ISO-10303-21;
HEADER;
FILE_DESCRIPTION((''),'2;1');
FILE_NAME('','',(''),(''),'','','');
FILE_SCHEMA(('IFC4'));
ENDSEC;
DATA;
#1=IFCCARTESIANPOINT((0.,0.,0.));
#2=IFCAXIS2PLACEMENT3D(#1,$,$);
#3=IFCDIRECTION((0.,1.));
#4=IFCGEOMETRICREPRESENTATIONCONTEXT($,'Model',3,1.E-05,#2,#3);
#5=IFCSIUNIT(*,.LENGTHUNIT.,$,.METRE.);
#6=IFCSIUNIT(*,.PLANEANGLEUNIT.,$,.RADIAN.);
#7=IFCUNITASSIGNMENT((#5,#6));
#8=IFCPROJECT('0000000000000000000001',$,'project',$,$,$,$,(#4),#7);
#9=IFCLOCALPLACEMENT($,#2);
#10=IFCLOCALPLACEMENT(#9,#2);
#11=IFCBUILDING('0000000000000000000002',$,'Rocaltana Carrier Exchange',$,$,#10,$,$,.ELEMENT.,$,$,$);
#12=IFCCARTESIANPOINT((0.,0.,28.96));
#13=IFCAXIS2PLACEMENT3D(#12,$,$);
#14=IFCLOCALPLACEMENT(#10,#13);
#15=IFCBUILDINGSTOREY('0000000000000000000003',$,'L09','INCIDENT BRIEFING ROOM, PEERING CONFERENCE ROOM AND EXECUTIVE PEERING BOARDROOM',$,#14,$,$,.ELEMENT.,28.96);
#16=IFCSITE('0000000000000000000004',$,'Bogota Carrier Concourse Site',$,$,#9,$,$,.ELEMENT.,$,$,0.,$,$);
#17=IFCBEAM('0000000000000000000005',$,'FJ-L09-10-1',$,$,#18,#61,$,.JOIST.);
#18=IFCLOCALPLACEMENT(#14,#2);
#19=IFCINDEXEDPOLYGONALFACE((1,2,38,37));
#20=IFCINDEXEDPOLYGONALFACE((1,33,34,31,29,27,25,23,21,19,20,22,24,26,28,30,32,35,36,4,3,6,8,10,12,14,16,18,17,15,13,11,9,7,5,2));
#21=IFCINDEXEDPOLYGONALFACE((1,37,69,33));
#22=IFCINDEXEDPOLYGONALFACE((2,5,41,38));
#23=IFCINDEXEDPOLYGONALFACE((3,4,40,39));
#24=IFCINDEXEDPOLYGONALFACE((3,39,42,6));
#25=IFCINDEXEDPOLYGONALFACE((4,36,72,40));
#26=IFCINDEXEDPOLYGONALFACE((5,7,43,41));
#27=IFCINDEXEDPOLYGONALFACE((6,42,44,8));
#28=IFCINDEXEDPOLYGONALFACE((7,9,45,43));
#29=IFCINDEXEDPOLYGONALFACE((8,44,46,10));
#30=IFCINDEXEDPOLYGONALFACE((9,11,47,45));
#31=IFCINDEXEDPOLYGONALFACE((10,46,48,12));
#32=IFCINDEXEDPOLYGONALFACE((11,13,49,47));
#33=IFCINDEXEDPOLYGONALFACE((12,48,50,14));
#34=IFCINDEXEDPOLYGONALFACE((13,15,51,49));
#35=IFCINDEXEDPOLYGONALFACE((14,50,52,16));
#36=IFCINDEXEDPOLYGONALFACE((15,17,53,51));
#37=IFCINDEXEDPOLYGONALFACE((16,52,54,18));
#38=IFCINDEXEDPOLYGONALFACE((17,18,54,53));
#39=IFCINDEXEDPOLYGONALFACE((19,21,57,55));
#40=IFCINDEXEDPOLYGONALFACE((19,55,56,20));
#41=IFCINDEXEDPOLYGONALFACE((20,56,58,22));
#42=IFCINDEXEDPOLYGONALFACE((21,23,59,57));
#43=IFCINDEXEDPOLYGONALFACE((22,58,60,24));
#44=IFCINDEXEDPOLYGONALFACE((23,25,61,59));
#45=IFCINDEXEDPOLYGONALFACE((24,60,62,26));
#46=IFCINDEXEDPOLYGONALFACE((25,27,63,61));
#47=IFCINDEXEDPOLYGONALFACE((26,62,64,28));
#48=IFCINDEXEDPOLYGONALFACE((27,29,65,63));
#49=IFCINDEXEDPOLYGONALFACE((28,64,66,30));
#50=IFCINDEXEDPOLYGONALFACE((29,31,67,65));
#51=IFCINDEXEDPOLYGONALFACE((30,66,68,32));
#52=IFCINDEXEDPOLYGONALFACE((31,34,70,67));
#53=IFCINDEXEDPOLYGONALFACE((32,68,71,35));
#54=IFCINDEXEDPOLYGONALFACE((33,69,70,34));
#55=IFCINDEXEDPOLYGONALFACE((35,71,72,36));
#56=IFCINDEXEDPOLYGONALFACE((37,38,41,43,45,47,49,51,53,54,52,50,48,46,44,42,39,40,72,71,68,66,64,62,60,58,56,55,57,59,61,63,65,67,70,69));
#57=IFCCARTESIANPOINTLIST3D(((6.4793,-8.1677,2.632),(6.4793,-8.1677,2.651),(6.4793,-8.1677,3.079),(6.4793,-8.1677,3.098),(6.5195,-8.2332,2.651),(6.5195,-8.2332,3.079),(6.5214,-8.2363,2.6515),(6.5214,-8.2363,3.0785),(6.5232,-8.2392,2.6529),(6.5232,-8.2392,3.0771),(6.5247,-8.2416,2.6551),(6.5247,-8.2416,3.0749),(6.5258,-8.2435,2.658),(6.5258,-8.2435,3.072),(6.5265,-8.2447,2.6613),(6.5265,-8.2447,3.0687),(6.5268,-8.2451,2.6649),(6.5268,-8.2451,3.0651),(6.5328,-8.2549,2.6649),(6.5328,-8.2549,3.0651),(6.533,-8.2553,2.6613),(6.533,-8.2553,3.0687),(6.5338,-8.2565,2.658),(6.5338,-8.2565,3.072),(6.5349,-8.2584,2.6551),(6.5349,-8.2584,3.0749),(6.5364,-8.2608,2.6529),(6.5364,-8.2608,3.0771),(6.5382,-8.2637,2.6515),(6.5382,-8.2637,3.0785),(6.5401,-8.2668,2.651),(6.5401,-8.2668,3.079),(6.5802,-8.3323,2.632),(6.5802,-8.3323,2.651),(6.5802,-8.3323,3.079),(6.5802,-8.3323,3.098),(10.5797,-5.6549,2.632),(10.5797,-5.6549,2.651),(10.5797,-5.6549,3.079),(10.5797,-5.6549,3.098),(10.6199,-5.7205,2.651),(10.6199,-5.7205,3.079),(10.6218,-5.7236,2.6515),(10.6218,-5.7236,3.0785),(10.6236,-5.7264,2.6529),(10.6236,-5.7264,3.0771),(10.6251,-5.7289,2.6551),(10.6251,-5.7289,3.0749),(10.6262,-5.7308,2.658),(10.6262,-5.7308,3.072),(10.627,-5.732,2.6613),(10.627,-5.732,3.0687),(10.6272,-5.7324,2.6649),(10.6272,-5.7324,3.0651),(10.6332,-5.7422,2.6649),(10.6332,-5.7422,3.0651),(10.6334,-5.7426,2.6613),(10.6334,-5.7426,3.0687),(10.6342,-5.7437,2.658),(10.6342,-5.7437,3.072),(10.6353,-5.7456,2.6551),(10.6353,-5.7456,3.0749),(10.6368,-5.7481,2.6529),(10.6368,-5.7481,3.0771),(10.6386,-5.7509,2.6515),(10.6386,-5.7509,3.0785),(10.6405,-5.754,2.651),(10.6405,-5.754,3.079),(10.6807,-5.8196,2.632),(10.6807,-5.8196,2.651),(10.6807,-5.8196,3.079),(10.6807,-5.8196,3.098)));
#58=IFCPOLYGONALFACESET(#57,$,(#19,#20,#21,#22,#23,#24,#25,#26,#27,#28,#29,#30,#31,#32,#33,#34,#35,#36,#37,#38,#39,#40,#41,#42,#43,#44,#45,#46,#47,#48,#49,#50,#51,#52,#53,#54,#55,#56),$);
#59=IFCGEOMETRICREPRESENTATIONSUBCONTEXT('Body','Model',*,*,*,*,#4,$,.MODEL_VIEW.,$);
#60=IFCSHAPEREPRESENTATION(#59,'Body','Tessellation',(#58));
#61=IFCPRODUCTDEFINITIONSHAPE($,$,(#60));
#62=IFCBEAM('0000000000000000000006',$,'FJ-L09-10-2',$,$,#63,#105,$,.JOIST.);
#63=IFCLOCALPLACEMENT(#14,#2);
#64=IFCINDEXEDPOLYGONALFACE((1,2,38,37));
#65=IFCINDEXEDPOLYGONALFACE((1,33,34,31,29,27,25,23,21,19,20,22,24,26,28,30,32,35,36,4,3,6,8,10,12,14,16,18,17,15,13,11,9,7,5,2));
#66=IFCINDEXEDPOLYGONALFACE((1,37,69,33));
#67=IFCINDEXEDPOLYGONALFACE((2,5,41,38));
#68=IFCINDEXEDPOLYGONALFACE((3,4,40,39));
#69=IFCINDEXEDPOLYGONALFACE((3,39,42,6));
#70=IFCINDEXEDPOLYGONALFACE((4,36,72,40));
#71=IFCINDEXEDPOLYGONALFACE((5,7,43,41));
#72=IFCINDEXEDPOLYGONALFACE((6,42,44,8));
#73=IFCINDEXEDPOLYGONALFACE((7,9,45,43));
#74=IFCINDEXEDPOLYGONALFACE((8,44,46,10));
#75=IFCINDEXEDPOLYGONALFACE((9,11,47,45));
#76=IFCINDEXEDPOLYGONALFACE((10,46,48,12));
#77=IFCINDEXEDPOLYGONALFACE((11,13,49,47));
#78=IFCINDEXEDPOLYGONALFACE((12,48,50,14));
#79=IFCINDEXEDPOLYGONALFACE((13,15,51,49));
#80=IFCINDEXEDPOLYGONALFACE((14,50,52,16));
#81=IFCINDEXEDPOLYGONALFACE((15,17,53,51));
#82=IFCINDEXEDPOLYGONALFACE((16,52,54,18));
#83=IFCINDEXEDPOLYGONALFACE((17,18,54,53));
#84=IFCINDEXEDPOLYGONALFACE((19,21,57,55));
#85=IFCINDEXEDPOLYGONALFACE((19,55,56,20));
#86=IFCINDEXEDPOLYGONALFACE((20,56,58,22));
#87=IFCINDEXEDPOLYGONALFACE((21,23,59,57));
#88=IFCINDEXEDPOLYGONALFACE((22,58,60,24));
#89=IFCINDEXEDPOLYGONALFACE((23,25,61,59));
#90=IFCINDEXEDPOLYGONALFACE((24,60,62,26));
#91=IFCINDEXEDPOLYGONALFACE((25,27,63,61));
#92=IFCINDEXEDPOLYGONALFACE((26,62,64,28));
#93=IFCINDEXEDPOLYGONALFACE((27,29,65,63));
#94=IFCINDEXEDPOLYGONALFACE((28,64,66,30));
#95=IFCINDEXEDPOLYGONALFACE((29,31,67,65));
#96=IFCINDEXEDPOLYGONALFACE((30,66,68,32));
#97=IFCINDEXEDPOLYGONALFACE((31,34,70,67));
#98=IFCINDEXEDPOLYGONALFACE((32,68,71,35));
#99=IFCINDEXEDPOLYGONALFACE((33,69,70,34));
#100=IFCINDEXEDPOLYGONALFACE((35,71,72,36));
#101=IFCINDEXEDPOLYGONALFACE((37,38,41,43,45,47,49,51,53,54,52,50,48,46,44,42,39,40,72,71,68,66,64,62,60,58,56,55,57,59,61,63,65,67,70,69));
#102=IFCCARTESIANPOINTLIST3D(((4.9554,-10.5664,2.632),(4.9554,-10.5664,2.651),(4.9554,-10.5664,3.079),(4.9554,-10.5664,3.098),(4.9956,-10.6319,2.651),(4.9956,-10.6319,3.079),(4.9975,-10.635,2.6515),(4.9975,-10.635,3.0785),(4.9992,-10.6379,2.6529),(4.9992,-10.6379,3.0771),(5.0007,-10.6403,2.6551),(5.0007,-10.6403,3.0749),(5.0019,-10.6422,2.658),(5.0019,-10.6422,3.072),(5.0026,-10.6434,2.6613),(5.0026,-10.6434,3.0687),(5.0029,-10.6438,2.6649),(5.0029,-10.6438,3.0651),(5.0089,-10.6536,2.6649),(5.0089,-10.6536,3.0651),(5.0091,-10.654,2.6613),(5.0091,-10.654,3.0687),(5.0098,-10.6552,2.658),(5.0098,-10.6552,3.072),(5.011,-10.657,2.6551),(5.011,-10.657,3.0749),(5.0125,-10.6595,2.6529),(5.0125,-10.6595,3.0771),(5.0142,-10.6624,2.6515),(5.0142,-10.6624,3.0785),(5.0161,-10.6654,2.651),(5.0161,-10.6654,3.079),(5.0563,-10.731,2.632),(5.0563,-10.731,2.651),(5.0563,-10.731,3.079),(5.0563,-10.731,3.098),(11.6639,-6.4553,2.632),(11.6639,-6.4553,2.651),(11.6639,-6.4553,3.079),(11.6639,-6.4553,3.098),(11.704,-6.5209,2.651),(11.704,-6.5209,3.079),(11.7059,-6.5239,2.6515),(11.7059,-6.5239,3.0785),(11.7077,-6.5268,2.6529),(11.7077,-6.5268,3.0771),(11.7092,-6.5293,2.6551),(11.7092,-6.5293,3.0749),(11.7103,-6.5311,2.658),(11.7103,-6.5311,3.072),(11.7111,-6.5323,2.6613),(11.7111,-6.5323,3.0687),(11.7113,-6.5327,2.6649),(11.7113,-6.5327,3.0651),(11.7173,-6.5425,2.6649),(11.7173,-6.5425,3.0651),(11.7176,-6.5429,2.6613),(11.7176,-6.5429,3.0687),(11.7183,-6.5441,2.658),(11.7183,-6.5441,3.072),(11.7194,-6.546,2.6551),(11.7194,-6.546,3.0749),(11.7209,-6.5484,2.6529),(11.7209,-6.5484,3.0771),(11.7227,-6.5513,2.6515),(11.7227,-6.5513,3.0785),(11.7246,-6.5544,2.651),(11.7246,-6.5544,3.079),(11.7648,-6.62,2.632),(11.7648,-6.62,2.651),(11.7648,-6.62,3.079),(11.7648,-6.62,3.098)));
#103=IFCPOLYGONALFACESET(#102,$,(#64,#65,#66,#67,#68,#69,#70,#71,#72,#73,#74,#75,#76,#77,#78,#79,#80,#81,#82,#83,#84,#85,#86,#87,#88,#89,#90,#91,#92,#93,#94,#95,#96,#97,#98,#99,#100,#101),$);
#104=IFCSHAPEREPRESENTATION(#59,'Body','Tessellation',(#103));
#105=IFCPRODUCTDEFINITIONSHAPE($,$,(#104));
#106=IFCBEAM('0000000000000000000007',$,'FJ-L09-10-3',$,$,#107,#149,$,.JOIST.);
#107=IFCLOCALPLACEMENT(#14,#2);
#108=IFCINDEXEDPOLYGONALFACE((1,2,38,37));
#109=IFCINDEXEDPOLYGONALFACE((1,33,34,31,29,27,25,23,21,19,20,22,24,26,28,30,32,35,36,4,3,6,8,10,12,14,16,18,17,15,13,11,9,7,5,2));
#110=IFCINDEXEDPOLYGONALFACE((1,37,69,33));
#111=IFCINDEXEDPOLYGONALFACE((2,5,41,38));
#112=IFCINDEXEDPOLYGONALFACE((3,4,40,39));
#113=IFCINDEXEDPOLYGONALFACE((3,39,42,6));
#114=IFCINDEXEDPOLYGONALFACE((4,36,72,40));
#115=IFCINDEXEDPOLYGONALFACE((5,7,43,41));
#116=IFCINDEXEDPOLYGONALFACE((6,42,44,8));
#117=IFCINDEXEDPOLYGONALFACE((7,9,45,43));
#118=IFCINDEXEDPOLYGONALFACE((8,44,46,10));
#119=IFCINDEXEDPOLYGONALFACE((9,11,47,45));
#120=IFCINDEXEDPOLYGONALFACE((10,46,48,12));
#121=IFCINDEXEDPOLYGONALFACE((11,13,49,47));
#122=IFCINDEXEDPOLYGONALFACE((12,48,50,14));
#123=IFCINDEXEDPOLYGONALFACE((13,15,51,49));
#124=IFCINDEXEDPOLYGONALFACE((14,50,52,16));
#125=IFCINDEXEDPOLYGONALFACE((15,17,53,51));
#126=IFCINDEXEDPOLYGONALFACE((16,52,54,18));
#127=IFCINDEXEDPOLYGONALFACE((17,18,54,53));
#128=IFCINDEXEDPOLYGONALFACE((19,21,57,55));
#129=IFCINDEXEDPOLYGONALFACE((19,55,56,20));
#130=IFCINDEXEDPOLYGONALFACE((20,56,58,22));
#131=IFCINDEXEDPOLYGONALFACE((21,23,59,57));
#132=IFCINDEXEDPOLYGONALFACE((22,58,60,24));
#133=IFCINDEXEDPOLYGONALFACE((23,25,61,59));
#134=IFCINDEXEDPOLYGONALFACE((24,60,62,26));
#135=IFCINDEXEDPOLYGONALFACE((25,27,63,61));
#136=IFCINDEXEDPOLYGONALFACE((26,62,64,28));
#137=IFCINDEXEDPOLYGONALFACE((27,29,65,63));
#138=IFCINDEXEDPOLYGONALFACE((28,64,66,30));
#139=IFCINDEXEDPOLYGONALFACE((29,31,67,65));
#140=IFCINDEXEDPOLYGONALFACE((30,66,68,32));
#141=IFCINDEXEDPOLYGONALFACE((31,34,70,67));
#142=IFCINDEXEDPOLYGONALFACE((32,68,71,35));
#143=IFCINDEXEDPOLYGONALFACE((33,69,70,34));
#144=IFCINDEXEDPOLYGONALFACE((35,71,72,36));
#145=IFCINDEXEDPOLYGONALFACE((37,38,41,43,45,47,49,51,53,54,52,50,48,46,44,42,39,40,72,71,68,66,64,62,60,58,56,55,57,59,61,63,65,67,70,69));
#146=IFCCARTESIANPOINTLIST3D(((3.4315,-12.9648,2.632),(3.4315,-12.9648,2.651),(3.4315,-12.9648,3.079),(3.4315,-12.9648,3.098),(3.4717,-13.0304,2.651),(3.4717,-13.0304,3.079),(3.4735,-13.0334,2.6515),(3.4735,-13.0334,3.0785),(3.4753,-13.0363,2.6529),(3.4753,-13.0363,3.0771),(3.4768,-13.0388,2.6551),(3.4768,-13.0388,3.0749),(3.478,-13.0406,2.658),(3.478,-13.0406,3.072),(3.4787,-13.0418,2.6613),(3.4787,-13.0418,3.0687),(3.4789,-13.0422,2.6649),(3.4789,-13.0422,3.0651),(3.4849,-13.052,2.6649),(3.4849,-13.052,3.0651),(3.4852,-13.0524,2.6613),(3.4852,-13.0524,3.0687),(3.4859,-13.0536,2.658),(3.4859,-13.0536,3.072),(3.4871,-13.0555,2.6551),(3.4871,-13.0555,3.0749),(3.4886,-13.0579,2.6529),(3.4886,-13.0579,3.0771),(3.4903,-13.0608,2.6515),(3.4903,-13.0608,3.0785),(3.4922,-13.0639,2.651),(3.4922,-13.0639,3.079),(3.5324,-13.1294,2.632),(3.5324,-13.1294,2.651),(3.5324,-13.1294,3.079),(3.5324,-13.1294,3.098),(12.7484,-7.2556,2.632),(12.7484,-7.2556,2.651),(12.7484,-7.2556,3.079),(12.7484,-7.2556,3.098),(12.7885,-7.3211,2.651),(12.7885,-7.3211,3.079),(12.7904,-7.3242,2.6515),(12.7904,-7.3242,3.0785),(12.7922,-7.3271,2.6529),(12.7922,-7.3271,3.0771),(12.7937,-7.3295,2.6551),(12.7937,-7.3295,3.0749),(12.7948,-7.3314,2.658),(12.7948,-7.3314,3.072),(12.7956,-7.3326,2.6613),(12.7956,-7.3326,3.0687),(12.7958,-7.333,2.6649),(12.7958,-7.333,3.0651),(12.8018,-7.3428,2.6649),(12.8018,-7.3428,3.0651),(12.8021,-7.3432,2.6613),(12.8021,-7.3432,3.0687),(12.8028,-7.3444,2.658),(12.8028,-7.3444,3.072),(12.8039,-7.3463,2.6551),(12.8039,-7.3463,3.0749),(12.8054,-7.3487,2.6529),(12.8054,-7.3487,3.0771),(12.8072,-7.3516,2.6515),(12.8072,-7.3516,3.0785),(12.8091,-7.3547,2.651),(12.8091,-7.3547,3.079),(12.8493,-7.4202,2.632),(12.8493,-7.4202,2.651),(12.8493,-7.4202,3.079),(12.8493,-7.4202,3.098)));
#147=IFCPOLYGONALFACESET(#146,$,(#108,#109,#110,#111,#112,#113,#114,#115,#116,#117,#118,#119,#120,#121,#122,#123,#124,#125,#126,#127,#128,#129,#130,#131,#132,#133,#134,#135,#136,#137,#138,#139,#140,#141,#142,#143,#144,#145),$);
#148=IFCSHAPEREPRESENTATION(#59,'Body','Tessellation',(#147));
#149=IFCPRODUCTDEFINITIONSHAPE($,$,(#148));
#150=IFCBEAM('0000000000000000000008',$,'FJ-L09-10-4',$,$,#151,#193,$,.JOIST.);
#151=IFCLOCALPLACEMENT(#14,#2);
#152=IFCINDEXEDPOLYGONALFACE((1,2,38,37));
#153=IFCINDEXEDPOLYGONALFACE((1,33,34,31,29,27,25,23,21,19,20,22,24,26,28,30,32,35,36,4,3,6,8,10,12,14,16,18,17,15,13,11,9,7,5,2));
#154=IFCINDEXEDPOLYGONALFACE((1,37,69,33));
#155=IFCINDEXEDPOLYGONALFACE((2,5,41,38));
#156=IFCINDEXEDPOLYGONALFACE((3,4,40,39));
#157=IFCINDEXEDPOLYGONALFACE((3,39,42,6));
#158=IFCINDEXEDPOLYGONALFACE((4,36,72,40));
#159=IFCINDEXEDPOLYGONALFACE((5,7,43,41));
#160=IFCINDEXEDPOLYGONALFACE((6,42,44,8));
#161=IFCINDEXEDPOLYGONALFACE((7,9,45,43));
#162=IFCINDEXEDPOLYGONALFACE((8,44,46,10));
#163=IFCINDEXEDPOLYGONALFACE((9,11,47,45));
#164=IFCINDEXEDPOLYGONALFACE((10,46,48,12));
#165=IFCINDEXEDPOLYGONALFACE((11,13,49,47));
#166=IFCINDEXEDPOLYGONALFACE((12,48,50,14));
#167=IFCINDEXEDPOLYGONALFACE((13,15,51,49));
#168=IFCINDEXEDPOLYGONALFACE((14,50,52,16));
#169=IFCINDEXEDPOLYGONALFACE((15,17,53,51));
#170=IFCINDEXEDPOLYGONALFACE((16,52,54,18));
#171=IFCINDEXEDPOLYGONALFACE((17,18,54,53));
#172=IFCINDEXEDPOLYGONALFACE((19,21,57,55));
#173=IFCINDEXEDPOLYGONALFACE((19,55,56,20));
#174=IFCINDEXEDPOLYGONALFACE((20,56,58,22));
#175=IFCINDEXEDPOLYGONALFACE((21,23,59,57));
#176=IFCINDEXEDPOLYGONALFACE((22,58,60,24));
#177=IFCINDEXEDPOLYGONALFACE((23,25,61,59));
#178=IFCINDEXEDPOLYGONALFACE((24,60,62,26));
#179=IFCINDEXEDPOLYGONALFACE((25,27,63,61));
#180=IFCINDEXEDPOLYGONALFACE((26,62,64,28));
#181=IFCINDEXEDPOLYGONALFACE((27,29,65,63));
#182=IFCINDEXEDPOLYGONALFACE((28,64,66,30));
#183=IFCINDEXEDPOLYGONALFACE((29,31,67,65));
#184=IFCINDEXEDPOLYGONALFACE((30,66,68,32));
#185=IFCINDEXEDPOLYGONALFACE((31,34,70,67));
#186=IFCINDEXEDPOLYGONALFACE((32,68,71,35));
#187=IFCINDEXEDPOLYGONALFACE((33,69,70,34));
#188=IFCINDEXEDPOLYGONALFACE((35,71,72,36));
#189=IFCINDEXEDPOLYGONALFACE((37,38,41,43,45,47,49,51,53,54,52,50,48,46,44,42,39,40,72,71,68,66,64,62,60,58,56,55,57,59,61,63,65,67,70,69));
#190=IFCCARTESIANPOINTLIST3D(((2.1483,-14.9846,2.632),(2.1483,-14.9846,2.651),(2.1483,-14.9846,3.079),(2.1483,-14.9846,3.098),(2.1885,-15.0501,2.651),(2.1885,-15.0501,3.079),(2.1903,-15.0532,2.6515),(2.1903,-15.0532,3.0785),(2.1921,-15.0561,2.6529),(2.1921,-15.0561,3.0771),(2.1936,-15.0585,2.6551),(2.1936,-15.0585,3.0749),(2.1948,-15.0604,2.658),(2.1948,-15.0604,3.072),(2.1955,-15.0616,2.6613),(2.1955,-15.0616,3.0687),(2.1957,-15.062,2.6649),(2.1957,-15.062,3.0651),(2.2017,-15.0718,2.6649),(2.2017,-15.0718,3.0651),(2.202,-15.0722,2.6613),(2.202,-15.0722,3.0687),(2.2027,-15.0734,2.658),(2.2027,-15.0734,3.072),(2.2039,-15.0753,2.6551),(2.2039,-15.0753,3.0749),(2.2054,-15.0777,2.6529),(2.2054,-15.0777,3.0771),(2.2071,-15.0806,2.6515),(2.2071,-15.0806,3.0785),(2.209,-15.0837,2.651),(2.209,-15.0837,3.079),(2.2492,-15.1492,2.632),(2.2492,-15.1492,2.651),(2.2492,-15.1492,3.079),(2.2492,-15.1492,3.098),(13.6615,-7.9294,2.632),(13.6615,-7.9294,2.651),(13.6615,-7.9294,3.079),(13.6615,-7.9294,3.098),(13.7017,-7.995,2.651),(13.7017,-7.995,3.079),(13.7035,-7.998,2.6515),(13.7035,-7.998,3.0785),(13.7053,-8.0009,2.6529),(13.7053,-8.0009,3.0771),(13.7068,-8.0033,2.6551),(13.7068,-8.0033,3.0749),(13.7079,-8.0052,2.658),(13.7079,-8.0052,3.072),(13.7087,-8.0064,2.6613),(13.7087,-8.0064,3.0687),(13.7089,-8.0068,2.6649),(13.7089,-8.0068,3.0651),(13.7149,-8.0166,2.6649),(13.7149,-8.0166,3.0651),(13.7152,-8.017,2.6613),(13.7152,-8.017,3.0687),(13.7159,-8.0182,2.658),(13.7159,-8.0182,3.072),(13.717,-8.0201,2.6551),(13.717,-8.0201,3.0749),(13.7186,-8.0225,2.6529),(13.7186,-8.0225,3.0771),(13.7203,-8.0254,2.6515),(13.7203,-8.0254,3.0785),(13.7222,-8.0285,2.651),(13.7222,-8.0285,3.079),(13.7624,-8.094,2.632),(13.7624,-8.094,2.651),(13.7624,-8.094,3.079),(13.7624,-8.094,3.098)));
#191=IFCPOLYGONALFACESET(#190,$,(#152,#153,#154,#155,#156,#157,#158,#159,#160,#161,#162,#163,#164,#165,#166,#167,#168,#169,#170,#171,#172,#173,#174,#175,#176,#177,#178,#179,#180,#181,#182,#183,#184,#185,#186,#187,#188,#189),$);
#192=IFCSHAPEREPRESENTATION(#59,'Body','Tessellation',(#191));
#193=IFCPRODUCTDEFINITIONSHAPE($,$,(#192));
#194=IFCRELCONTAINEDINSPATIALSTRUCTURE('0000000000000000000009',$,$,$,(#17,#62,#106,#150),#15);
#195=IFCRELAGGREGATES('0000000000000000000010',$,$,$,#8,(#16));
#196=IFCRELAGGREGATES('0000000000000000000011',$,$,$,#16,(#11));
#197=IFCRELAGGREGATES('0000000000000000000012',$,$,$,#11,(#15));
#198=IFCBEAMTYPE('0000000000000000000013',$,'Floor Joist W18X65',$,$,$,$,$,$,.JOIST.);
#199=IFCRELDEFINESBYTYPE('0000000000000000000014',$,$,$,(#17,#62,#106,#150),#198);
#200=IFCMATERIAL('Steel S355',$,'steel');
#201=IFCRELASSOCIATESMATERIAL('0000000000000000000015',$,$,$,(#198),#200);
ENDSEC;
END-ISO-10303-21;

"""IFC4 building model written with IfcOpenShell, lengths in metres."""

from ifc_helpers import new_model, si_unit, direction, frame, origin, origin_2d, place, context, subcontext, project, spatial, i_section, extrude, material, material_profile, profile_set, type_object, element, save


model = new_model("IFC4")

# Units and contexts
model_context = context("Model", 3, precision=1e-05, world=origin(), true_north=direction((0.0, 1.0)))
body_context = subcontext(model_context, "Body", "Model", "MODEL_VIEW")
ifc_project = project(units=[si_unit("LENGTHUNIT", "METRE"), si_unit("PLANEANGLEUNIT", "RADIAN")], contexts=[model_context])

# Site, building, storey
site_placement = place(None, origin())
site = spatial("IfcSite", under=ifc_project, at=site_placement, Name="Bogota Carrier Concourse Site", CompositionType="ELEMENT", RefElevation=0.0)
building_placement = place(site_placement, origin())
building = spatial("IfcBuilding", under=site, at=building_placement, Name="Rocaltana Carrier Exchange", CompositionType="ELEMENT")
storey_placement = place(building_placement, frame((0.0, 0.0, 28.96)))
storey = spatial("IfcBuildingStorey", under=building, at=storey_placement, Name="L09", Description="INCIDENT BRIEFING ROOM, PEERING CONFERENCE ROOM AND EXECUTIVE PEERING BOARDROOM", CompositionType="ELEMENT", Elevation=28.96)

# Beams
ifc_material_1 = material(Name="Steel S355", Category="steel")
ifc_material_profile_1 = material_profile(ifc_material_1, i_section(OverallWidth=0.1931, OverallDepth=0.4661, WebThickness=0.0115, FlangeThickness=0.019, FilletRadius=0.0139, at=origin_2d()), Name="W18X65")
ifc_profile_set_1 = profile_set([ifc_material_profile_1], Name="Steel S355")
beam_type_1 = type_object("IfcBeamType", Name="Floor Joist W18X65", PredefinedType="JOIST", material=ifc_profile_set_1)
beam_1_placement = place(storey_placement, frame((6.5298, -8.25, 2.865), z_axis=(0.85264, 0.522499, 0.0), x_axis=(-0.522499, 0.85264, 0.0)))
element("IfcBeam", 1, at=beam_1_placement, inside=storey, type_object=beam_type_1, Name="FJ-L09-10-1", PredefinedType="JOIST", context=body_context, shape_type="SweptSolid", body=[
    extrude(i_section(OverallWidth=0.1931, OverallDepth=0.4661, WebThickness=0.0115, FlangeThickness=0.019, FilletRadius=0.0139, at=origin_2d()), origin(), (0.0, 0.0, 1.0), 4.8091),
])
beam_2_placement = place(storey_placement, frame((5.0059, -10.6487, 2.865), z_axis=(0.852634, 0.522509, 0.0), x_axis=(-0.522509, 0.852634, 0.0)))
element("IfcBeam", 2, at=beam_2_placement, inside=storey, type_object=beam_type_1, Name="FJ-L09-10-2", PredefinedType="JOIST", context=body_context, shape_type="SweptSolid", body=[
    extrude(i_section(OverallWidth=0.1931, OverallDepth=0.4661, WebThickness=0.0115, FlangeThickness=0.019, FilletRadius=0.0139, at=origin_2d()), origin(), (0.0, 0.0, 1.0), 7.8679),
])
beam_3_placement = place(storey_placement, frame((3.4819, -13.0471, 2.865), z_axis=(0.852647, 0.522487, 0.0), x_axis=(-0.522487, 0.852647, 0.0)))
element("IfcBeam", 3, at=beam_3_placement, inside=storey, type_object=beam_type_1, Name="FJ-L09-10-3", PredefinedType="JOIST", context=body_context, shape_type="SweptSolid", body=[
    extrude(i_section(OverallWidth=0.1931, OverallDepth=0.4661, WebThickness=0.0115, FlangeThickness=0.019, FilletRadius=0.0139, at=origin_2d()), origin(), (0.0, 0.0, 1.0), 10.927),
])
beam_4_placement = place(storey_placement, frame((2.1987, -15.0669, 2.865), z_axis=(0.852644, 0.522493, 0.0), x_axis=(-0.522493, 0.852644, 0.0)))
element("IfcBeam", 4, at=beam_4_placement, inside=storey, type_object=beam_type_1, Name="FJ-L09-10-4", PredefinedType="JOIST", context=body_context, shape_type="SweptSolid", body=[
    extrude(i_section(OverallWidth=0.1931, OverallDepth=0.4661, WebThickness=0.0115, FlangeThickness=0.019, FilletRadius=0.0139, at=origin_2d()), origin(), (0.0, 0.0, 1.0), 13.5029),
])

save(model, "model.ifc")
